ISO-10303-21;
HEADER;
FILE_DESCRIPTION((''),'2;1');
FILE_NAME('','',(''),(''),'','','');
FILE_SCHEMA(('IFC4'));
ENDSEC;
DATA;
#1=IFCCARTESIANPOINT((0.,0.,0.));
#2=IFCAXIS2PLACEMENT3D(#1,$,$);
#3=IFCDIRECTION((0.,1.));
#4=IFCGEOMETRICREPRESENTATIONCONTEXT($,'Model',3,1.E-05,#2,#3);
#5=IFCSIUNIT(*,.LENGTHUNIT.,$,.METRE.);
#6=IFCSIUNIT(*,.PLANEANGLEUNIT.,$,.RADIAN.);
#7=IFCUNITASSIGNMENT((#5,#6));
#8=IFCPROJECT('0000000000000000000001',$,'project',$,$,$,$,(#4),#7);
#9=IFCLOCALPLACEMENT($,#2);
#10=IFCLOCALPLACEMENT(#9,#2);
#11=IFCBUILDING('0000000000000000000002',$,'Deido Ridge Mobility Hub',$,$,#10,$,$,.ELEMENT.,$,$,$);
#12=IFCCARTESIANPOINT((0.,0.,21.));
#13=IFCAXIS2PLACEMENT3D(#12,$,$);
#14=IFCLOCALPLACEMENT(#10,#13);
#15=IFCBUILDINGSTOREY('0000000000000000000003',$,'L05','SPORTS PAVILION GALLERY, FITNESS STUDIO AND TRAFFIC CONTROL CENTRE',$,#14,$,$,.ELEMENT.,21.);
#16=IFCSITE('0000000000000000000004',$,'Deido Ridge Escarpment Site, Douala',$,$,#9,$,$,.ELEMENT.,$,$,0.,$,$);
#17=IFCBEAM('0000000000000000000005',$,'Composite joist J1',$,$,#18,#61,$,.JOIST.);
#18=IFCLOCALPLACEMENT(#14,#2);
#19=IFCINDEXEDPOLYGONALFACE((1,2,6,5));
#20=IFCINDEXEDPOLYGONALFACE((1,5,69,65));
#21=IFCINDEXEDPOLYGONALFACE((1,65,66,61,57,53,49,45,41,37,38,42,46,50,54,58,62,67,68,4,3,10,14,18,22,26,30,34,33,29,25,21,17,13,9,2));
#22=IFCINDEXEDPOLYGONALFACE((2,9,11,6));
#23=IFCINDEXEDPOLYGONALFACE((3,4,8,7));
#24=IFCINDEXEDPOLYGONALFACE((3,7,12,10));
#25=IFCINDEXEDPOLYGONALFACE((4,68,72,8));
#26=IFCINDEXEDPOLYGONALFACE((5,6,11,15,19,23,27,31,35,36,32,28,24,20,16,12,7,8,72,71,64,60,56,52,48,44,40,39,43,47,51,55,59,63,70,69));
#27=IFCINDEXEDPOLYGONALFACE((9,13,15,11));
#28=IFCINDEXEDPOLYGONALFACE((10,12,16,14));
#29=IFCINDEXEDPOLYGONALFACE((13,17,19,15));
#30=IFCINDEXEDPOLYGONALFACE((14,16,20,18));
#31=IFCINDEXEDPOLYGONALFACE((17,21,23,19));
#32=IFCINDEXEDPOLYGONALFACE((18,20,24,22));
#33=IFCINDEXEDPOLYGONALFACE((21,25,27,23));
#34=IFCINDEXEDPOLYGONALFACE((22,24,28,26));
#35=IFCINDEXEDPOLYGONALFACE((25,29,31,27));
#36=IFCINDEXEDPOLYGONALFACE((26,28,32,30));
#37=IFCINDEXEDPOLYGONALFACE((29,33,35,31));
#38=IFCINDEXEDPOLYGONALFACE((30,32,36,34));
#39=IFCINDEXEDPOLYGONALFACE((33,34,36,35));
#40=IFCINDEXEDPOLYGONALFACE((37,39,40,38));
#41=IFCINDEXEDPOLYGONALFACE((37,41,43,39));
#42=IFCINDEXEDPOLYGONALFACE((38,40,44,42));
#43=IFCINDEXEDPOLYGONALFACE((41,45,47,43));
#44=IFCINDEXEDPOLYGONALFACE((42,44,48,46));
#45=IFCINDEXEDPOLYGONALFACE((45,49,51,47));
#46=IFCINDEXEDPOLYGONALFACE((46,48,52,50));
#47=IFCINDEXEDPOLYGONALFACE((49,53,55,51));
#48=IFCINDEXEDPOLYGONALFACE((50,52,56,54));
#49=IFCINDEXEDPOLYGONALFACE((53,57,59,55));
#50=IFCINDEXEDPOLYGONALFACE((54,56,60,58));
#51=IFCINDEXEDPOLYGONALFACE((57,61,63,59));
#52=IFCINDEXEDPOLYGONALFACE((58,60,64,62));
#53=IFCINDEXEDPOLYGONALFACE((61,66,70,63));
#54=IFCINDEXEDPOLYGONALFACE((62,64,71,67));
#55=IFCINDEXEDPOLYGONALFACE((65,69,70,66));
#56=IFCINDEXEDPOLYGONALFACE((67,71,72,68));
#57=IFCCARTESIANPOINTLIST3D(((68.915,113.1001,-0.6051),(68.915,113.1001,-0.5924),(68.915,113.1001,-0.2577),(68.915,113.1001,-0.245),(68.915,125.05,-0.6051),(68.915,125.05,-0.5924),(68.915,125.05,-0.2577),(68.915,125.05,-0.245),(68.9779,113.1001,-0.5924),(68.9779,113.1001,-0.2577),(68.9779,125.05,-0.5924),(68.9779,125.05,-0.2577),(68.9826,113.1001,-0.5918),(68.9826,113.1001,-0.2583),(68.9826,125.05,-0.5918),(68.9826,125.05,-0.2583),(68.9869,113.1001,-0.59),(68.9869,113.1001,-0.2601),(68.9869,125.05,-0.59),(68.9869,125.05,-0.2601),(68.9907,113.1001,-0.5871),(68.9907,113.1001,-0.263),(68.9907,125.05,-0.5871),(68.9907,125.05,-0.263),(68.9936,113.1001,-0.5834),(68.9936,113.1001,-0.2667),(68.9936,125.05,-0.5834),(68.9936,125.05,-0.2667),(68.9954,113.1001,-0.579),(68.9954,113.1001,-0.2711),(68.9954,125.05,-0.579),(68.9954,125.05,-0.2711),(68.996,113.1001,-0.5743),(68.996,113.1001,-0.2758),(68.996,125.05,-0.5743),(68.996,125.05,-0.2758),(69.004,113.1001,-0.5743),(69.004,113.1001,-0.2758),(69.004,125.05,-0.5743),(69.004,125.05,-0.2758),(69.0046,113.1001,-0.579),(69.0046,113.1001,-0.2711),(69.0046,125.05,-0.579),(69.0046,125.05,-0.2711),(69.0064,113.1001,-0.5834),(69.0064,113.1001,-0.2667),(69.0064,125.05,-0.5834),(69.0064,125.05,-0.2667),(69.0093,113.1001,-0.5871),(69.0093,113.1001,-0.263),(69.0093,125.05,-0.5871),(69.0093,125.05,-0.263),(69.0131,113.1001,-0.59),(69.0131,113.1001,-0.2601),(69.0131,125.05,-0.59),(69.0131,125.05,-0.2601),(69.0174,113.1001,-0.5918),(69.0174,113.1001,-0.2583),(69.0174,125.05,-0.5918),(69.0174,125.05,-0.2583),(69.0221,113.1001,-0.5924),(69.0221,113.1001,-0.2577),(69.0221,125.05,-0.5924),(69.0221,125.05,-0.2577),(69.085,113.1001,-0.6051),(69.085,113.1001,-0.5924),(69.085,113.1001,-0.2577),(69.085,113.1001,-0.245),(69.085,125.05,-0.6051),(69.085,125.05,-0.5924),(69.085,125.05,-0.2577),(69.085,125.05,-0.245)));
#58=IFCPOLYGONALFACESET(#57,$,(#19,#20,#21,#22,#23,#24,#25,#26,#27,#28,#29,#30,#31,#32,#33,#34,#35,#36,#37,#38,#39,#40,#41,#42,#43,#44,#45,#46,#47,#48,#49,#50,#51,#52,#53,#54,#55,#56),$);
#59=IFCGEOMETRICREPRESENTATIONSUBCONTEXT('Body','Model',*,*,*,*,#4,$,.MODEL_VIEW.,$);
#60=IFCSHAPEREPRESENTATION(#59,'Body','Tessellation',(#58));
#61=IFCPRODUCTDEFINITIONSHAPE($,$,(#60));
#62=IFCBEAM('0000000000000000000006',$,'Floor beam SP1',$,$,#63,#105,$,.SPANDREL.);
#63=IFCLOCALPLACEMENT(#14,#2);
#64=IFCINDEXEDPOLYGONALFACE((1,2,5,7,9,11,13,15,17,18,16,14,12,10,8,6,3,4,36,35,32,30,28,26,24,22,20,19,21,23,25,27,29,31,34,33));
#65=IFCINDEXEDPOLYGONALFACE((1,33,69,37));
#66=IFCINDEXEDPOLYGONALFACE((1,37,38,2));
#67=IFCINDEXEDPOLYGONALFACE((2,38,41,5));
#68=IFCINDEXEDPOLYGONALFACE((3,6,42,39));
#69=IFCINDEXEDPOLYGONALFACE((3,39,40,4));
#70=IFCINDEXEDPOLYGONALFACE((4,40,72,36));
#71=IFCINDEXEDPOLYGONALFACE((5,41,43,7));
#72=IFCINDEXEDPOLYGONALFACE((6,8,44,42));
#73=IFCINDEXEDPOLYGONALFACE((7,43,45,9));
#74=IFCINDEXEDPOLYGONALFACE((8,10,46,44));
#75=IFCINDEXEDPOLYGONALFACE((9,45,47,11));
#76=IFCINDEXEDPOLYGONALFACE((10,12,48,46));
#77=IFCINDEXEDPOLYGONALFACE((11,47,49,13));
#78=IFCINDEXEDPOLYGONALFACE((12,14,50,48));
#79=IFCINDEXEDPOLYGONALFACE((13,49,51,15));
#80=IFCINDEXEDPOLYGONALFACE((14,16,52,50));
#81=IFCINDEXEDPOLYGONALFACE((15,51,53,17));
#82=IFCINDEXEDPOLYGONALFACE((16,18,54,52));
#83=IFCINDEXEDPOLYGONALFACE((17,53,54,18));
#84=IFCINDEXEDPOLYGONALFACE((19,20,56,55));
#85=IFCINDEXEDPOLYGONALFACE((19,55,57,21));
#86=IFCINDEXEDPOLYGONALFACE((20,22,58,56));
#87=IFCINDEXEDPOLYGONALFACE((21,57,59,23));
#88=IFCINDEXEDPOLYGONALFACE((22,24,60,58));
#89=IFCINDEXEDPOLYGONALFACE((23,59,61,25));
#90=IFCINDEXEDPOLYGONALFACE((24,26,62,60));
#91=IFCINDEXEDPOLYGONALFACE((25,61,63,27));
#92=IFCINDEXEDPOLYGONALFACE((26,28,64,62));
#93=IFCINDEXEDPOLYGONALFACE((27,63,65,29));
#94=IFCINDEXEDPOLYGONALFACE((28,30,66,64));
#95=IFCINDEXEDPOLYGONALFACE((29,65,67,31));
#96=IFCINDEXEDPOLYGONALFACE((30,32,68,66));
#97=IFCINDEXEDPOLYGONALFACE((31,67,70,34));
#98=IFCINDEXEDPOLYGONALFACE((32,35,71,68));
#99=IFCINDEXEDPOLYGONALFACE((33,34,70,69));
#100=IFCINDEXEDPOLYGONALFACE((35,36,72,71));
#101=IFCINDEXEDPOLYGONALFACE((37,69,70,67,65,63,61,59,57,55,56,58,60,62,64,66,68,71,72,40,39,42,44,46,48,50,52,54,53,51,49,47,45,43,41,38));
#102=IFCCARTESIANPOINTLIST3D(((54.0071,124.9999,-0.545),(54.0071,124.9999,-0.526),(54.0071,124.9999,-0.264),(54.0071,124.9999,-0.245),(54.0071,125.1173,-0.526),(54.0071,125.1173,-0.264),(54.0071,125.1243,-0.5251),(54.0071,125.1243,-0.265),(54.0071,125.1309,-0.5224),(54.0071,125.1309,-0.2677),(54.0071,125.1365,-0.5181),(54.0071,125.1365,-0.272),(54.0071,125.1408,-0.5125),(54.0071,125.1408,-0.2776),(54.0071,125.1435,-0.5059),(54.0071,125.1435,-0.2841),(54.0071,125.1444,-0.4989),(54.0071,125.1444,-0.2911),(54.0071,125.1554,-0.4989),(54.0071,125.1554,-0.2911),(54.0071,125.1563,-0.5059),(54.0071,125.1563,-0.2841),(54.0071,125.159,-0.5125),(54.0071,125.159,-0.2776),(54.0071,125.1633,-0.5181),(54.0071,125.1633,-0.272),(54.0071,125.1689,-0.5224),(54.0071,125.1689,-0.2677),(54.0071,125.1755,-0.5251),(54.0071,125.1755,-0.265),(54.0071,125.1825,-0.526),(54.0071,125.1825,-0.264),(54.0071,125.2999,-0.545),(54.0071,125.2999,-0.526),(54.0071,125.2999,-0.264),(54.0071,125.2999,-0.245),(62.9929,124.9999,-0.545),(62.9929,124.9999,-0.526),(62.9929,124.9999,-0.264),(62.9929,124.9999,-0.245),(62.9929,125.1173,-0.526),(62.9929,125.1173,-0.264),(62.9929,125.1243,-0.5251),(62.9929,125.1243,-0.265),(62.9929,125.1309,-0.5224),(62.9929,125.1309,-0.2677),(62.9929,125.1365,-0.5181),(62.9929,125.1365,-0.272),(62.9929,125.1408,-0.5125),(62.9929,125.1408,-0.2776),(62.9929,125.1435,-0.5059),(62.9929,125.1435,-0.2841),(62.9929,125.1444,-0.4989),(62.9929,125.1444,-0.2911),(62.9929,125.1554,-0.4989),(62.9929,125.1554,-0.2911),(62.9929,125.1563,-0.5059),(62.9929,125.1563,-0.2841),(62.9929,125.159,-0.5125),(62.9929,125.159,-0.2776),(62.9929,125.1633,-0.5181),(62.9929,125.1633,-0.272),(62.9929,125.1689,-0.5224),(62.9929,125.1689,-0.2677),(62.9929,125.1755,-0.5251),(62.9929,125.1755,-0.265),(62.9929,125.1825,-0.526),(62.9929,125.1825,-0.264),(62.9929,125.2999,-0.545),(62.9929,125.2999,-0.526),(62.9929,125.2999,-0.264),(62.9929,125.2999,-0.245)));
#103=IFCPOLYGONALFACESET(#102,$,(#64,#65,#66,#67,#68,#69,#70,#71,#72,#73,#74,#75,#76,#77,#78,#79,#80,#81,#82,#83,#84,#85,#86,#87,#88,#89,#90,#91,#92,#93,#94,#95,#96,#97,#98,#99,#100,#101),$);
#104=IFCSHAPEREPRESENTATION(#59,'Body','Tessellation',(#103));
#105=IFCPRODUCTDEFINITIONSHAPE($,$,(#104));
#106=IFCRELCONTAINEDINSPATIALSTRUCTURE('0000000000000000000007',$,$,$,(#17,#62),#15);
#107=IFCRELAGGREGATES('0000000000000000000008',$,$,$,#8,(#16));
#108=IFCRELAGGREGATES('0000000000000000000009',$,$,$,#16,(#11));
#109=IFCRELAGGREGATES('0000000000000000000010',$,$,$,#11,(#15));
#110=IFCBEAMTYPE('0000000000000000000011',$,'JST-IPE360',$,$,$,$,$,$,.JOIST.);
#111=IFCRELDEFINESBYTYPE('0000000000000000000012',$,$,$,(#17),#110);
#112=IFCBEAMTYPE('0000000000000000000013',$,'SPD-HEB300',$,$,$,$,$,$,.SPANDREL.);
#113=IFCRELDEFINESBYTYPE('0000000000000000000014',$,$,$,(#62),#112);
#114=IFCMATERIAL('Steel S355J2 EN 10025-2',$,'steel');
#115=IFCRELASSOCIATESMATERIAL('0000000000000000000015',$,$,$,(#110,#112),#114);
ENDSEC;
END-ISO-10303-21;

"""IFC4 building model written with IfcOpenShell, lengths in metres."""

from ifc_helpers import new_model, si_unit, direction, frame, origin, origin_2d, place, context, subcontext, project, spatial, i_section, extrude, material, material_profile, profile_set, type_object, element, save


model = new_model("IFC4")

# Units and contexts
model_context = context("Model", 3, precision=1e-05, world=origin(), true_north=direction((0.0, 1.0)))
body_context = subcontext(model_context, "Body", "Model", "MODEL_VIEW")
ifc_project = project(units=[si_unit("LENGTHUNIT", "METRE"), si_unit("PLANEANGLEUNIT", "RADIAN")], contexts=[model_context])

# Site, building, storey
site_placement = place(None, origin())
site = spatial("IfcSite", under=ifc_project, at=site_placement, Name="Deido Ridge Escarpment Site, Douala", CompositionType="ELEMENT", RefElevation=0.0)
building_placement = place(site_placement, origin())
building = spatial("IfcBuilding", under=site, at=building_placement, Name="Deido Ridge Mobility Hub", CompositionType="ELEMENT")
storey_placement = place(building_placement, frame((0.0, 0.0, 21.0)))
storey = spatial("IfcBuildingStorey", under=building, at=storey_placement, Name="L05", Description="SPORTS PAVILION GALLERY, FITNESS STUDIO AND TRAFFIC CONTROL CENTRE", CompositionType="ELEMENT", Elevation=21.0)

# Beams
ifc_material = material(Name="Steel S355J2 EN 10025-2", Category="steel")
ifc_material_profile_1 = material_profile(ifc_material, i_section(OverallWidth=0.1699, OverallDepth=0.3601, WebThickness=0.0081, FlangeThickness=0.0127, FilletRadius=0.0181, at=origin_2d()), Name="IPE 360")
ifc_profile_set_1 = profile_set([ifc_material_profile_1], Name="Steel S355J2 EN 10025-2")
beam_type_1 = type_object("IfcBeamType", Name="JST-IPE360", PredefinedType="JOIST", material=ifc_profile_set_1)
beam_1_placement = place(storey_placement, frame((69.0, 113.1001, -0.425), z_axis=(0.0, 1.0, 0.0), x_axis=(-1.0, 0.0, 0.0)))
element("IfcBeam", 1, at=beam_1_placement, inside=storey, type_object=beam_type_1, Name="Composite joist J1", PredefinedType="JOIST", context=body_context, shape_type="SweptSolid", body=[
    extrude(i_section(OverallWidth=0.1699, OverallDepth=0.3601, WebThickness=0.0081, FlangeThickness=0.0127, FilletRadius=0.0181, at=origin_2d()), origin(), (0.0, 0.0, 1.0), 11.95),
])
ifc_material_profile_2 = material_profile(ifc_material, i_section(OverallWidth=0.3, OverallDepth=0.3, WebThickness=0.011, FlangeThickness=0.019, FilletRadius=0.0271, at=origin_2d()), Name="HEB 300")
ifc_profile_set_2 = profile_set([ifc_material_profile_2], Name="Steel S355J2 EN 10025-2")
beam_type_2 = type_object("IfcBeamType", Name="SPD-HEB300", PredefinedType="SPANDREL", material=ifc_profile_set_2)
beam_2_placement = place(storey_placement, frame((54.0071, 125.1499, -0.395), z_axis=(1.0, 0.0, 0.0), x_axis=(0.0, 1.0, 0.0)))
element("IfcBeam", 2, at=beam_2_placement, inside=storey, type_object=beam_type_2, Name="Floor beam SP1", PredefinedType="SPANDREL", context=body_context, shape_type="SweptSolid", body=[
    extrude(i_section(OverallWidth=0.3, OverallDepth=0.3, WebThickness=0.011, FlangeThickness=0.019, FilletRadius=0.0271, at=origin_2d()), origin(), (0.0, 0.0, 1.0), 8.9858),
])

save(model, "model.ifc")
